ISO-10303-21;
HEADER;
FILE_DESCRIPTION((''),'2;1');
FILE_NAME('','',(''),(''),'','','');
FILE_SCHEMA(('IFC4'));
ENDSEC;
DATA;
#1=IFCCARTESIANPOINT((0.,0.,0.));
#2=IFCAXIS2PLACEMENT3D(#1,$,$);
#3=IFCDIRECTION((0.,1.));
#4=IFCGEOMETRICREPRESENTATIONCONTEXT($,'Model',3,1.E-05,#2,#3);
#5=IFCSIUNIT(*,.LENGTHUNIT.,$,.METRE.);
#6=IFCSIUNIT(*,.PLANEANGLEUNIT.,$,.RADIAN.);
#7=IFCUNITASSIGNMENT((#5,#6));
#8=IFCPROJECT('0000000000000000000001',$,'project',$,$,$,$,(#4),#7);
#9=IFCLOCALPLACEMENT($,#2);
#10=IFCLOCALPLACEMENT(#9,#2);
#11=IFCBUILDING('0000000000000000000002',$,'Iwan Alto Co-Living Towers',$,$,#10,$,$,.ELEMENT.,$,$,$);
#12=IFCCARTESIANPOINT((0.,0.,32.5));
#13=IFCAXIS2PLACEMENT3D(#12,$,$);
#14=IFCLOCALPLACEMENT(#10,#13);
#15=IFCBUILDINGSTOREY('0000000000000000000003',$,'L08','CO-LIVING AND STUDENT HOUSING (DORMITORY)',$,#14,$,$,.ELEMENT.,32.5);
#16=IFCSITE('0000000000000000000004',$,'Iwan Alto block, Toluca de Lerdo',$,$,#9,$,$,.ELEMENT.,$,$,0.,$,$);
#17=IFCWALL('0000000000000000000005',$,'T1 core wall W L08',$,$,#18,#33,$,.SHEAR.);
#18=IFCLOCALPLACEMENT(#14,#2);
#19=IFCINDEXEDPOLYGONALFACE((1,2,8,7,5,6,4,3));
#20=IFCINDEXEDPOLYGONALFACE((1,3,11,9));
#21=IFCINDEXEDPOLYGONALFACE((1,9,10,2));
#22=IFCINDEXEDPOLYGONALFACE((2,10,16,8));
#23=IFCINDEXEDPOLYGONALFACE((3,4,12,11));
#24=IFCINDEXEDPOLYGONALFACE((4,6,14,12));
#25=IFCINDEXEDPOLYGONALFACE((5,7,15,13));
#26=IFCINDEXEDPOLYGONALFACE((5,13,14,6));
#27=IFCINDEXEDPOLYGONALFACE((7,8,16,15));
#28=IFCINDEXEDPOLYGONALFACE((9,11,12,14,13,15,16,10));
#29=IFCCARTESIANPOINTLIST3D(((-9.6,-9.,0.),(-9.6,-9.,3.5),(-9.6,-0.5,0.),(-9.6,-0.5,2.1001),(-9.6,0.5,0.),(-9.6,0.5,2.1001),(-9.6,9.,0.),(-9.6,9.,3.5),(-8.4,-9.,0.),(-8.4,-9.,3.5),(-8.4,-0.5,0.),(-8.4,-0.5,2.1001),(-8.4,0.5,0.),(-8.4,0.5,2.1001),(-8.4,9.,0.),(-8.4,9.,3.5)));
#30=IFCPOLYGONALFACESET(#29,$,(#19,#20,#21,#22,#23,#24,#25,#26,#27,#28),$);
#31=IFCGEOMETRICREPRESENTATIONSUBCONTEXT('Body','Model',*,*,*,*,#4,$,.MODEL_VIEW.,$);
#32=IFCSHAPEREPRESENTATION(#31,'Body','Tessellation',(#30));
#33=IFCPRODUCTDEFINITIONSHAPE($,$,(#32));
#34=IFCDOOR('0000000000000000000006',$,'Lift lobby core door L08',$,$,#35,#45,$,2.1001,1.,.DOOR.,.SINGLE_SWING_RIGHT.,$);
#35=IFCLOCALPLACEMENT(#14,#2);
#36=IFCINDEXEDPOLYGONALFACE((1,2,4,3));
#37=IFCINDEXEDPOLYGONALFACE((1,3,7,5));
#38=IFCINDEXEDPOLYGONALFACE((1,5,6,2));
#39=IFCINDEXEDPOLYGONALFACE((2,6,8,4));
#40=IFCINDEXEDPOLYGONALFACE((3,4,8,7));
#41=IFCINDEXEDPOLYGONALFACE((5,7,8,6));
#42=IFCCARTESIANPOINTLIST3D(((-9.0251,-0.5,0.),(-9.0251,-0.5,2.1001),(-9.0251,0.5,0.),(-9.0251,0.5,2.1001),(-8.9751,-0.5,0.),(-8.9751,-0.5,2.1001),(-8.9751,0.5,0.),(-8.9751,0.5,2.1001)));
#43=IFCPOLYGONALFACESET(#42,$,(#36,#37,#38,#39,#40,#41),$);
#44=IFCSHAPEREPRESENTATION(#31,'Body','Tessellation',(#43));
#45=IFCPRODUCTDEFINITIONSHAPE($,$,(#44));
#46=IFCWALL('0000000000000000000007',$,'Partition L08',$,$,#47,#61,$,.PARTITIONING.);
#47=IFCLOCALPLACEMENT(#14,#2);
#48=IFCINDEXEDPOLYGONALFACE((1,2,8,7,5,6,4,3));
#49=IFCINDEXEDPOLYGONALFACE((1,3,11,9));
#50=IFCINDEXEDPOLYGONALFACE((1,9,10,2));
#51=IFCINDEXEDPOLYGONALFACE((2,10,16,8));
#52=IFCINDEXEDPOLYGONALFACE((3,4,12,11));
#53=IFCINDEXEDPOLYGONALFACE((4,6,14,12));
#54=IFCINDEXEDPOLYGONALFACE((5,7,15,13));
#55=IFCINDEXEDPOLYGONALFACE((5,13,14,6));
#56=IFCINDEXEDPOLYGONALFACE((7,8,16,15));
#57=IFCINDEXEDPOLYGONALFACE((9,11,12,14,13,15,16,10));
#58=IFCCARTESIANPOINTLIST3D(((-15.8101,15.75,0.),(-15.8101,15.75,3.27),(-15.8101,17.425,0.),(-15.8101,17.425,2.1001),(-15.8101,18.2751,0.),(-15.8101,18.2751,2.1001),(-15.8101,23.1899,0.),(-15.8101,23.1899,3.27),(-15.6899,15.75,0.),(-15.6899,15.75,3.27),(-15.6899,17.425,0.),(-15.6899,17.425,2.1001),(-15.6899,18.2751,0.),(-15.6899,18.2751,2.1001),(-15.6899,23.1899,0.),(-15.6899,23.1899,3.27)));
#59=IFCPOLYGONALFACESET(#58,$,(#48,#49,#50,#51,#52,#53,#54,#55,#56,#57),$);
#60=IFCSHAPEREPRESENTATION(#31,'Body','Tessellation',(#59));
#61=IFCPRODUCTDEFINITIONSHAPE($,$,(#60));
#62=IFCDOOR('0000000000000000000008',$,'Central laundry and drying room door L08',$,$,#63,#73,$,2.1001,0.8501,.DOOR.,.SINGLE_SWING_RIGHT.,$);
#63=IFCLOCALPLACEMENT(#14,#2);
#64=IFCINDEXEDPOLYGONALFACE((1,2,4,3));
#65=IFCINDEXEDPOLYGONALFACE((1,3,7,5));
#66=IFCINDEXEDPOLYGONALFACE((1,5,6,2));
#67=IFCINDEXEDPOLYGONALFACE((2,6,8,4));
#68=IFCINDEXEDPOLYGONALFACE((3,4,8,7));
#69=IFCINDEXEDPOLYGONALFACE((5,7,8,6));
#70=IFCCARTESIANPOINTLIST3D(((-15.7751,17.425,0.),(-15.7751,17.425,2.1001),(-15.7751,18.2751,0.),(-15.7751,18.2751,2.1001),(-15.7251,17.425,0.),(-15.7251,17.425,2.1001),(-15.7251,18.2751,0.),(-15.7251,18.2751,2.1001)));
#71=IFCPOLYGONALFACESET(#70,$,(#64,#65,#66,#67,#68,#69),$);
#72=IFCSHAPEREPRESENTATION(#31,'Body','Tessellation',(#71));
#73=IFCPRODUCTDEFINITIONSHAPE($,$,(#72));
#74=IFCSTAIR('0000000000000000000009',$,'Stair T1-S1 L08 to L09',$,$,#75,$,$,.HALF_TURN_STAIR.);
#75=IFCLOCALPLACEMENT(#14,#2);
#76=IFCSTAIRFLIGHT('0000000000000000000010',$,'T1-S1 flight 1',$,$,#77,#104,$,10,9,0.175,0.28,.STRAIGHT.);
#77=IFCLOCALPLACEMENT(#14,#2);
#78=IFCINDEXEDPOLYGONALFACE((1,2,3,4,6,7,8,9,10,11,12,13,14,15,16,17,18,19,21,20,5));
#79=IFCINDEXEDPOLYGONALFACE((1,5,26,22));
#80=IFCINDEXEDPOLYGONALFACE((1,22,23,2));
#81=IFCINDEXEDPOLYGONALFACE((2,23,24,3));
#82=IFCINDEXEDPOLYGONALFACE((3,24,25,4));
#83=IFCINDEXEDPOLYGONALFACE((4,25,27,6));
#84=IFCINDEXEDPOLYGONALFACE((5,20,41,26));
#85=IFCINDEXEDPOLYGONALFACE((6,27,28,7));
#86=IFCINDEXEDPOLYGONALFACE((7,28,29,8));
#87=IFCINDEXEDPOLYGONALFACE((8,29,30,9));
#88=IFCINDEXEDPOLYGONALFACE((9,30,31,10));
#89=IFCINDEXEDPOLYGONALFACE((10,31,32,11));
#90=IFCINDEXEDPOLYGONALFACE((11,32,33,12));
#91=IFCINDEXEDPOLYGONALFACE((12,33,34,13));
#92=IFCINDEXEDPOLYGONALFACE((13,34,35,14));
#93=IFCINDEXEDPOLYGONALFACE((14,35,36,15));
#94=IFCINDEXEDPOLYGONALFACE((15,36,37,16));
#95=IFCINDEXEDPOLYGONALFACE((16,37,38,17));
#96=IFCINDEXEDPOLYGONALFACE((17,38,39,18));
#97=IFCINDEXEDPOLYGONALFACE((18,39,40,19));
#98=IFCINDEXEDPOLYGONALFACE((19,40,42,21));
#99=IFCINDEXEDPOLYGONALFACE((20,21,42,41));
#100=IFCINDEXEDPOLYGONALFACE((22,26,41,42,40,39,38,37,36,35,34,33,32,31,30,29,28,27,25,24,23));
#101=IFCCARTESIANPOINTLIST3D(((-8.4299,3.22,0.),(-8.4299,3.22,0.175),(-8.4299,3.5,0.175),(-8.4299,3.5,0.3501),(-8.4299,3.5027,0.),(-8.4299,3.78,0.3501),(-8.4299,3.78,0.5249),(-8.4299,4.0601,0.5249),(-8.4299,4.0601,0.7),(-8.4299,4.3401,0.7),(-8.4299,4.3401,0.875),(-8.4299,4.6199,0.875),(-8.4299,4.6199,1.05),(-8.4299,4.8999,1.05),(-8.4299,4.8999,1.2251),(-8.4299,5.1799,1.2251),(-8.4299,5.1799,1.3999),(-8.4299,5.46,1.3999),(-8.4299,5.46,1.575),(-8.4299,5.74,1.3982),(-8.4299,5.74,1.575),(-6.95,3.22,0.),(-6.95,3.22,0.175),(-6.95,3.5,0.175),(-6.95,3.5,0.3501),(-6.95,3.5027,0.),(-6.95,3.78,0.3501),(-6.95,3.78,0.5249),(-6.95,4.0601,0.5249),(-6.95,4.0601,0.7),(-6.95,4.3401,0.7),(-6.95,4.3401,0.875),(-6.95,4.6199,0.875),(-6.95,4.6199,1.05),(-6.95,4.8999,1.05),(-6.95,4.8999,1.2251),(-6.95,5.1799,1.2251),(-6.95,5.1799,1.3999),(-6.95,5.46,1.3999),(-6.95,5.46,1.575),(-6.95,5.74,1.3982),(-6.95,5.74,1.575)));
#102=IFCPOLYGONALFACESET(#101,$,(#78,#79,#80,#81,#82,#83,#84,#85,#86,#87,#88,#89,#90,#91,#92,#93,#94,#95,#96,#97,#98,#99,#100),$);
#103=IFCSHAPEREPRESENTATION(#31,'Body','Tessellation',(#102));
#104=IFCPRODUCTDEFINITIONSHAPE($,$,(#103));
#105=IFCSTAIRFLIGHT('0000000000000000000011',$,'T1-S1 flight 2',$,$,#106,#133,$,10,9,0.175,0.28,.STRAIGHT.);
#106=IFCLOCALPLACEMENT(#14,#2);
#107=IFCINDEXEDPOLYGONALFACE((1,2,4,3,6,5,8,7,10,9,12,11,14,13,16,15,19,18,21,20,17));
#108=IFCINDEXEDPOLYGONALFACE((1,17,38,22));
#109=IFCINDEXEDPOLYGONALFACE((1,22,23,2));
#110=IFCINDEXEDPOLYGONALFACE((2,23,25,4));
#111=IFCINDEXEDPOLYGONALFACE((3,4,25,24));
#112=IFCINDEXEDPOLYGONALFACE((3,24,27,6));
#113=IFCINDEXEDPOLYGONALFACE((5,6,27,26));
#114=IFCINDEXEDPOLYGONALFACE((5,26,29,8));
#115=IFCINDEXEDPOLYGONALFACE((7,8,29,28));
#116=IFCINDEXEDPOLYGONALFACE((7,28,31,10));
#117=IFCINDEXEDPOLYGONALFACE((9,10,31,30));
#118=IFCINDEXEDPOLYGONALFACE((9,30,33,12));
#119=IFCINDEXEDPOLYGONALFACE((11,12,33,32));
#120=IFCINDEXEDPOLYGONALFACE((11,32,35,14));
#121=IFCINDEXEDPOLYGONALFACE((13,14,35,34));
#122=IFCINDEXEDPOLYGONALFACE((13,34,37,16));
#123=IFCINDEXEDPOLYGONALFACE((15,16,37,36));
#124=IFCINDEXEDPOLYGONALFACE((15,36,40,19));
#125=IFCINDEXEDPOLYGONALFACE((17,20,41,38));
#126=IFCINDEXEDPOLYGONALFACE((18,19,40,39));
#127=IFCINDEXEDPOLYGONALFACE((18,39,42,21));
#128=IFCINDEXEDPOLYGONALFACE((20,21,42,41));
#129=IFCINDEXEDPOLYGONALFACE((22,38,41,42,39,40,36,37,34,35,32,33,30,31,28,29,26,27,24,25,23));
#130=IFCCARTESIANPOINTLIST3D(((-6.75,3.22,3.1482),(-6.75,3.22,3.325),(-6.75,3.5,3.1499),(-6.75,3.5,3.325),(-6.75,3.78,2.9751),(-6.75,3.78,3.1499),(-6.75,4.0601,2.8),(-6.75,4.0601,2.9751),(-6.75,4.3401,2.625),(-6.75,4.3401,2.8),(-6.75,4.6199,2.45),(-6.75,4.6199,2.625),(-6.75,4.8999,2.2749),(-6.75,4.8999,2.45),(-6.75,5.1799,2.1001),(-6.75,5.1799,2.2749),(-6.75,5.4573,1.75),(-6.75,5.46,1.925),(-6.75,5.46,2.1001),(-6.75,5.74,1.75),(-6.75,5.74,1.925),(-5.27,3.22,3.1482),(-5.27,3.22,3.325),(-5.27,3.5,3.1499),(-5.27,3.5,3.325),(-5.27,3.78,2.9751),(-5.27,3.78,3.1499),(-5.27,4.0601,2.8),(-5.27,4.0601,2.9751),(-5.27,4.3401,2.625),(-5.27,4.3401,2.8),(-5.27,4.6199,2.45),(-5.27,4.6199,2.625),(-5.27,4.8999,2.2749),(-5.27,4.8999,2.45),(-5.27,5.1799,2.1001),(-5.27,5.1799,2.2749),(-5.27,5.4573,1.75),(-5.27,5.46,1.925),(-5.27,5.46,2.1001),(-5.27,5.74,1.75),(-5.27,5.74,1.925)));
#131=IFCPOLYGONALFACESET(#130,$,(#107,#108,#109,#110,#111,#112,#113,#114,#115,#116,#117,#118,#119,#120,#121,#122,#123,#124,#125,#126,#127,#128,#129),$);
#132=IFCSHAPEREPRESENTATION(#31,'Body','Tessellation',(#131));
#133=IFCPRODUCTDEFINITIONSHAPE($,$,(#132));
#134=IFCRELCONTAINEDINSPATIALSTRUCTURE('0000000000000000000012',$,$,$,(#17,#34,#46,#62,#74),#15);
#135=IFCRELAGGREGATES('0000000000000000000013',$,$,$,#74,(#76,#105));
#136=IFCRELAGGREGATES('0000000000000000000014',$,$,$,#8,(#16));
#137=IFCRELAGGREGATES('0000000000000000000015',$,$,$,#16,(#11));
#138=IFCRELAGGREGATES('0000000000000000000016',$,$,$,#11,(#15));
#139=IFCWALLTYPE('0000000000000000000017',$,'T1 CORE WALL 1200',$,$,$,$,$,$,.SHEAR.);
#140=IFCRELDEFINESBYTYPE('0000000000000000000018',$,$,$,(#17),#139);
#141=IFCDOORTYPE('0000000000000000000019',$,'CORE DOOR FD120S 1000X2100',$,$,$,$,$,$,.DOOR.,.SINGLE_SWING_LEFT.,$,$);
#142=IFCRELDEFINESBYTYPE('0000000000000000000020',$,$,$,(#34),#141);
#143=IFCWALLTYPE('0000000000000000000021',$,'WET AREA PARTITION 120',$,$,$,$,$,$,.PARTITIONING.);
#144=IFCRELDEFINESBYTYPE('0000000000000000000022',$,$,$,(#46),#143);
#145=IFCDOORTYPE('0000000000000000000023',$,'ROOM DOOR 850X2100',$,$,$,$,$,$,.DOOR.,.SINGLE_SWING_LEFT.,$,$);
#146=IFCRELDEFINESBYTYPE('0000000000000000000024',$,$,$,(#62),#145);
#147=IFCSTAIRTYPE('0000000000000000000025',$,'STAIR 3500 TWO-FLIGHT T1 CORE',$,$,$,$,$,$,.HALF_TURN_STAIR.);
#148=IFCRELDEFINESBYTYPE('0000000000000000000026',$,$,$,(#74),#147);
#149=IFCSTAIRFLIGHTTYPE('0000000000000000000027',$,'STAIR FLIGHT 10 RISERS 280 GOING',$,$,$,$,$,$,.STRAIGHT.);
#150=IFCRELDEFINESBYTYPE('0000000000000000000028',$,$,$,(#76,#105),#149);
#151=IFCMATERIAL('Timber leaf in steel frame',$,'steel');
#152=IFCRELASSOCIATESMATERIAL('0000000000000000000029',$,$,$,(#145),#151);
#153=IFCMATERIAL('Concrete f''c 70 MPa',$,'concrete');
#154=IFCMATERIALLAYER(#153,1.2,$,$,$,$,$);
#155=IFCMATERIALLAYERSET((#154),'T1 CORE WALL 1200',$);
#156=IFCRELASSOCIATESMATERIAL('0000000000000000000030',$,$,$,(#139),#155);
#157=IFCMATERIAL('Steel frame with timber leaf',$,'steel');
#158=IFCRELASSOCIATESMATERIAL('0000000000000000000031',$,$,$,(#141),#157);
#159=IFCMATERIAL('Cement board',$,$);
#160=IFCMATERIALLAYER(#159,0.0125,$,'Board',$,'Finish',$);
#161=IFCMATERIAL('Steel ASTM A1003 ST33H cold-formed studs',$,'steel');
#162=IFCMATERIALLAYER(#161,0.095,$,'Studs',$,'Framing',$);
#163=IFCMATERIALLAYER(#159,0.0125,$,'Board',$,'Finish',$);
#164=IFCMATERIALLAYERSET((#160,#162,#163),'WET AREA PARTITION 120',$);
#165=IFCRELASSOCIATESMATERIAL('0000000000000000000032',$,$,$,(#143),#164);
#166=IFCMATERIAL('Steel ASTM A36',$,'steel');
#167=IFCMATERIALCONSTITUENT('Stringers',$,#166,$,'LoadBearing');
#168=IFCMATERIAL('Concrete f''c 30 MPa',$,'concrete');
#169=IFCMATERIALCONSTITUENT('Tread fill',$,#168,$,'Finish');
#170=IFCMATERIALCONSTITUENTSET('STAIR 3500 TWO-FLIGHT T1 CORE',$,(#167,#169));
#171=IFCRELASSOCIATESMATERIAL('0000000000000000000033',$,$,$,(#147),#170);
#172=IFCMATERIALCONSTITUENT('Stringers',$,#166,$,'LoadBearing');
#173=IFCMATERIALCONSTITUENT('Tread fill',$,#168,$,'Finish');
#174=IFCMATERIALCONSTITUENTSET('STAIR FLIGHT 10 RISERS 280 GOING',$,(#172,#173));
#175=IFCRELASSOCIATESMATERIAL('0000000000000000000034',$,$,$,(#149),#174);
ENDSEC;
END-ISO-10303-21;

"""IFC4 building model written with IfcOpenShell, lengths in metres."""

from ifc_helpers import new_model, si_unit, direction, frame, frame_2d, origin, place, context, subcontext, project, spatial, polyline, rectangle, outline, extrude, material, layer, layer_set, constituent, constituent_set, type_object, element, fill, aggregate, save


model = new_model("IFC4")

# Units and contexts
model_context = context("Model", 3, precision=1e-05, world=origin(), true_north=direction((0.0, 1.0)))
body_context = subcontext(model_context, "Body", "Model", "MODEL_VIEW")
ifc_project = project(units=[si_unit("LENGTHUNIT", "METRE"), si_unit("PLANEANGLEUNIT", "RADIAN")], contexts=[model_context])

# Site, building, storey
site_placement = place(None, origin())
site = spatial("IfcSite", under=ifc_project, at=site_placement, Name="Iwan Alto block, Toluca de Lerdo", CompositionType="ELEMENT", RefElevation=0.0)
building_placement = place(site_placement, origin())
building = spatial("IfcBuilding", under=site, at=building_placement, Name="Iwan Alto Co-Living Towers", CompositionType="ELEMENT")
storey_placement = place(building_placement, frame((0.0, 0.0, 32.5)))
storey = spatial("IfcBuildingStorey", under=building, at=storey_placement, Name="L08", Description="CO-LIVING AND STUDENT HOUSING (DORMITORY)", CompositionType="ELEMENT", Elevation=32.5)

# Shared definitions
ifc_material_1 = material(Name="Steel ASTM A1003 ST33H cold-formed studs", Category="steel")

# Shared definitions
ifc_material_2 = material(Name="Timber leaf in steel frame", Category="steel")
door_type_1 = type_object("IfcDoorType", Name="ROOM DOOR 850X2100", OperationType="SINGLE_SWING_LEFT", PredefinedType="DOOR", material=ifc_material_2)

# Walls, openings, doors
ifc_material_3 = material(Name="Concrete f'c 70 MPa", Category="concrete")
ifc_layer_1 = layer(ifc_material_3, 1.2)
ifc_layer_set_1 = layer_set([ifc_layer_1], Name="T1 CORE WALL 1200")
wall_type_1 = type_object("IfcWallType", Name="T1 CORE WALL 1200", PredefinedType="SHEAR", material=ifc_layer_set_1)
wall_1_placement = place(storey_placement, frame((-9.0, 9.0, 0.0), z_axis=(0.0, 0.0, 1.0), x_axis=(0.0, -1.0, 0.0)))
wall_1 = element("IfcWall", 1, at=wall_1_placement, inside=storey, type_object=wall_type_1, Name="T1 core wall W L08", PredefinedType="SHEAR", context=body_context, shape_type="SweptSolid", body=[
    extrude(rectangle(XDim=18.0, YDim=1.2, at=frame_2d((9.0, 0.0))), origin(), (0.0, 0.0, 1.0), 3.5),
])
opening_1_placement = place(wall_1_placement, frame((8.5, 0.0, 0.0)))
opening_1 = element("IfcOpeningElement", 2, at=opening_1_placement, cuts=wall_1, PredefinedType="OPENING", context=body_context, shape_type="SweptSolid", body=[
    extrude(rectangle(XDim=1.0, YDim=2.1001, at=frame_2d((0.5, 1.05))), frame((0.0, 0.6099, 0.0), z_axis=(0.0, -1.0, 0.0), x_axis=(1.0, 0.0, 0.0)), (0.0, 0.0, 1.0), 1.22),
])
ifc_material_4 = material(Name="Steel frame with timber leaf", Category="steel")
door_type_2 = type_object("IfcDoorType", Name="CORE DOOR FD120S 1000X2100", OperationType="SINGLE_SWING_LEFT", PredefinedType="DOOR", material=ifc_material_4)
door_1_placement = place(opening_1_placement, origin())
door_1 = element("IfcDoor", 3, at=door_1_placement, inside=storey, type_object=door_type_2, Name="Lift lobby core door L08", OperationType="SINGLE_SWING_RIGHT", OverallHeight=2.1001, OverallWidth=1.0, PredefinedType="DOOR", context=body_context, shape_type="SweptSolid", body=[
    extrude(rectangle(XDim=1.0, YDim=2.1001, at=frame_2d((0.5, 1.05))), frame((0.0, 0.0249, 0.0), z_axis=(0.0, -1.0, 0.0), x_axis=(1.0, 0.0, 0.0)), (0.0, 0.0, 1.0), 0.05),
])
fill(opening_1, door_1)
ifc_material_5 = material(Name="Cement board")
ifc_layer_2 = layer(ifc_material_5, 0.0125, Name="Board", Category="Finish")
ifc_layer_3 = layer(ifc_material_1, 0.095, Name="Studs", Category="Framing")
ifc_layer_4 = layer(ifc_material_5, 0.0125, Name="Board", Category="Finish")
ifc_layer_set_2 = layer_set([ifc_layer_2, ifc_layer_3, ifc_layer_4], Name="WET AREA PARTITION 120")
wall_type_2 = type_object("IfcWallType", Name="WET AREA PARTITION 120", PredefinedType="PARTITIONING", material=ifc_layer_set_2)
wall_2_placement = place(storey_placement, frame((-15.75, 15.75, 0.0), z_axis=(0.0, 0.0, 1.0), x_axis=(0.0, 1.0, 0.0)))
wall_2 = element("IfcWall", 4, at=wall_2_placement, inside=storey, type_object=wall_type_2, Name="Partition L08", PredefinedType="PARTITIONING", context=body_context, shape_type="SweptSolid", body=[
    extrude(rectangle(XDim=7.4399, YDim=0.1201, at=frame_2d((3.72, 0.0))), origin(), (0.0, 0.0, 1.0), 3.27),
])
opening_2_placement = place(wall_2_placement, frame((1.675, 0.0, 0.0)))
opening_2 = element("IfcOpeningElement", 5, at=opening_2_placement, cuts=wall_2, PredefinedType="OPENING", context=body_context, shape_type="SweptSolid", body=[
    extrude(rectangle(XDim=0.8501, YDim=2.1001, at=frame_2d((0.425, 1.05))), frame((0.0, 0.0701, 0.0), z_axis=(0.0, -1.0, 0.0), x_axis=(1.0, 0.0, 0.0)), (0.0, 0.0, 1.0), 0.1401),
])
door_2_placement = place(opening_2_placement, frame((0.8501, 0.0, 0.0), z_axis=(0.0, 0.0, 1.0), x_axis=(-1.0, 0.0, 0.0)))
door_2 = element("IfcDoor", 6, at=door_2_placement, inside=storey, type_object=door_type_1, Name="Central laundry and drying room door L08", OperationType="SINGLE_SWING_RIGHT", OverallHeight=2.1001, OverallWidth=0.8501, PredefinedType="DOOR", context=body_context, shape_type="SweptSolid", body=[
    extrude(rectangle(XDim=0.8501, YDim=2.1001, at=frame_2d((0.425, 1.05))), frame((0.0, 0.0249, 0.0), z_axis=(0.0, -1.0, 0.0), x_axis=(1.0, 0.0, 0.0)), (0.0, 0.0, 1.0), 0.05),
])
fill(opening_2, door_2)

# Stair, stair flights
ifc_material_6 = material(Name="Steel ASTM A36", Category="steel")
ifc_constituent_1 = constituent(ifc_material_6, Name="Stringers", Category="LoadBearing")
ifc_material_7 = material(Name="Concrete f'c 30 MPa", Category="concrete")
ifc_constituent_2 = constituent(ifc_material_7, Name="Tread fill", Category="Finish")
ifc_constituent_set_1 = constituent_set(constituents=[ifc_constituent_1, ifc_constituent_2], Name="STAIR 3500 TWO-FLIGHT T1 CORE")
stair_type = type_object("IfcStairType", Name="STAIR 3500 TWO-FLIGHT T1 CORE", PredefinedType="HALF_TURN_STAIR", material=ifc_constituent_set_1)
stair_placement = place(storey_placement, origin())
stair = element("IfcStair", 7, at=stair_placement, inside=storey, type_object=stair_type, Name="Stair T1-S1 L08 to L09", PredefinedType="HALF_TURN_STAIR")
ifc_constituent_3 = constituent(ifc_material_6, Name="Stringers", Category="LoadBearing")
ifc_constituent_4 = constituent(ifc_material_7, Name="Tread fill", Category="Finish")
ifc_constituent_set_2 = constituent_set(constituents=[ifc_constituent_3, ifc_constituent_4], Name="STAIR FLIGHT 10 RISERS 280 GOING")
stair_flight_type = type_object("IfcStairFlightType", Name="STAIR FLIGHT 10 RISERS 280 GOING", PredefinedType="STRAIGHT", material=ifc_constituent_set_2)
stair_flight_1_placement = place(storey_placement, frame((-7.6899, 3.22, 0.0), z_axis=(0.0, 0.0, 1.0), x_axis=(0.0, 1.0, 0.0)))
stair_flight_1 = element("IfcStairFlight", 8, at=stair_flight_1_placement, type_object=stair_flight_type, Name="T1-S1 flight 1", NumberOfRisers=10, NumberOfTreads=9, PredefinedType="STRAIGHT", RiserHeight=0.175, TreadLength=0.28, context=body_context, shape_type="SweptSolid", body=[
    extrude(outline(polyline([(0.0, 0.0), (0.0, 0.175), (0.28, 0.175), (0.28, 0.3501), (0.5601, 0.3501), (0.5601, 0.5249), (0.8401, 0.5249), (0.8401, 0.7), (1.1201, 0.7), (1.1201, 0.875), (1.3999, 0.875), (1.3999, 1.05), (1.6799, 1.05), (1.6799, 1.2251), (1.96, 1.2251), (1.96, 1.3999), (2.24, 1.3999), (2.24, 1.575), (2.52, 1.575), (2.52, 1.75), (2.52, 1.3982), (0.2827, 0.0), (0.0, 0.0)])), frame((0.0, 0.74, 0.0), z_axis=(0.0, -1.0, 0.0), x_axis=(1.0, 0.0, 0.0)), (0.0, 0.0, 1.0), 1.48),
])
stair_flight_2_placement = place(storey_placement, frame((-6.01, 5.74, 1.75), z_axis=(0.0, 0.0, 1.0), x_axis=(0.0, -1.0, 0.0)))
stair_flight_2 = element("IfcStairFlight", 9, at=stair_flight_2_placement, type_object=stair_flight_type, Name="T1-S1 flight 2", NumberOfRisers=10, NumberOfTreads=9, PredefinedType="STRAIGHT", RiserHeight=0.175, TreadLength=0.28, context=body_context, shape_type="SweptSolid", body=[
    extrude(outline(polyline([(0.0, 0.0), (0.0, 0.175), (0.28, 0.175), (0.28, 0.3501), (0.5601, 0.3501), (0.5601, 0.5249), (0.8401, 0.5249), (0.8401, 0.7), (1.1201, 0.7), (1.1201, 0.875), (1.3999, 0.875), (1.3999, 1.05), (1.6799, 1.05), (1.6799, 1.2251), (1.96, 1.2251), (1.96, 1.3999), (2.24, 1.3999), (2.24, 1.575), (2.52, 1.575), (2.52, 1.75), (2.52, 1.3982), (0.2827, 0.0), (0.0, 0.0)])), frame((0.0, 0.74, 0.0), z_axis=(0.0, -1.0, 0.0), x_axis=(1.0, 0.0, 0.0)), (0.0, 0.0, 1.0), 1.48),
])
aggregate(stair, [stair_flight_1, stair_flight_2])

save(model, "model.ifc")
